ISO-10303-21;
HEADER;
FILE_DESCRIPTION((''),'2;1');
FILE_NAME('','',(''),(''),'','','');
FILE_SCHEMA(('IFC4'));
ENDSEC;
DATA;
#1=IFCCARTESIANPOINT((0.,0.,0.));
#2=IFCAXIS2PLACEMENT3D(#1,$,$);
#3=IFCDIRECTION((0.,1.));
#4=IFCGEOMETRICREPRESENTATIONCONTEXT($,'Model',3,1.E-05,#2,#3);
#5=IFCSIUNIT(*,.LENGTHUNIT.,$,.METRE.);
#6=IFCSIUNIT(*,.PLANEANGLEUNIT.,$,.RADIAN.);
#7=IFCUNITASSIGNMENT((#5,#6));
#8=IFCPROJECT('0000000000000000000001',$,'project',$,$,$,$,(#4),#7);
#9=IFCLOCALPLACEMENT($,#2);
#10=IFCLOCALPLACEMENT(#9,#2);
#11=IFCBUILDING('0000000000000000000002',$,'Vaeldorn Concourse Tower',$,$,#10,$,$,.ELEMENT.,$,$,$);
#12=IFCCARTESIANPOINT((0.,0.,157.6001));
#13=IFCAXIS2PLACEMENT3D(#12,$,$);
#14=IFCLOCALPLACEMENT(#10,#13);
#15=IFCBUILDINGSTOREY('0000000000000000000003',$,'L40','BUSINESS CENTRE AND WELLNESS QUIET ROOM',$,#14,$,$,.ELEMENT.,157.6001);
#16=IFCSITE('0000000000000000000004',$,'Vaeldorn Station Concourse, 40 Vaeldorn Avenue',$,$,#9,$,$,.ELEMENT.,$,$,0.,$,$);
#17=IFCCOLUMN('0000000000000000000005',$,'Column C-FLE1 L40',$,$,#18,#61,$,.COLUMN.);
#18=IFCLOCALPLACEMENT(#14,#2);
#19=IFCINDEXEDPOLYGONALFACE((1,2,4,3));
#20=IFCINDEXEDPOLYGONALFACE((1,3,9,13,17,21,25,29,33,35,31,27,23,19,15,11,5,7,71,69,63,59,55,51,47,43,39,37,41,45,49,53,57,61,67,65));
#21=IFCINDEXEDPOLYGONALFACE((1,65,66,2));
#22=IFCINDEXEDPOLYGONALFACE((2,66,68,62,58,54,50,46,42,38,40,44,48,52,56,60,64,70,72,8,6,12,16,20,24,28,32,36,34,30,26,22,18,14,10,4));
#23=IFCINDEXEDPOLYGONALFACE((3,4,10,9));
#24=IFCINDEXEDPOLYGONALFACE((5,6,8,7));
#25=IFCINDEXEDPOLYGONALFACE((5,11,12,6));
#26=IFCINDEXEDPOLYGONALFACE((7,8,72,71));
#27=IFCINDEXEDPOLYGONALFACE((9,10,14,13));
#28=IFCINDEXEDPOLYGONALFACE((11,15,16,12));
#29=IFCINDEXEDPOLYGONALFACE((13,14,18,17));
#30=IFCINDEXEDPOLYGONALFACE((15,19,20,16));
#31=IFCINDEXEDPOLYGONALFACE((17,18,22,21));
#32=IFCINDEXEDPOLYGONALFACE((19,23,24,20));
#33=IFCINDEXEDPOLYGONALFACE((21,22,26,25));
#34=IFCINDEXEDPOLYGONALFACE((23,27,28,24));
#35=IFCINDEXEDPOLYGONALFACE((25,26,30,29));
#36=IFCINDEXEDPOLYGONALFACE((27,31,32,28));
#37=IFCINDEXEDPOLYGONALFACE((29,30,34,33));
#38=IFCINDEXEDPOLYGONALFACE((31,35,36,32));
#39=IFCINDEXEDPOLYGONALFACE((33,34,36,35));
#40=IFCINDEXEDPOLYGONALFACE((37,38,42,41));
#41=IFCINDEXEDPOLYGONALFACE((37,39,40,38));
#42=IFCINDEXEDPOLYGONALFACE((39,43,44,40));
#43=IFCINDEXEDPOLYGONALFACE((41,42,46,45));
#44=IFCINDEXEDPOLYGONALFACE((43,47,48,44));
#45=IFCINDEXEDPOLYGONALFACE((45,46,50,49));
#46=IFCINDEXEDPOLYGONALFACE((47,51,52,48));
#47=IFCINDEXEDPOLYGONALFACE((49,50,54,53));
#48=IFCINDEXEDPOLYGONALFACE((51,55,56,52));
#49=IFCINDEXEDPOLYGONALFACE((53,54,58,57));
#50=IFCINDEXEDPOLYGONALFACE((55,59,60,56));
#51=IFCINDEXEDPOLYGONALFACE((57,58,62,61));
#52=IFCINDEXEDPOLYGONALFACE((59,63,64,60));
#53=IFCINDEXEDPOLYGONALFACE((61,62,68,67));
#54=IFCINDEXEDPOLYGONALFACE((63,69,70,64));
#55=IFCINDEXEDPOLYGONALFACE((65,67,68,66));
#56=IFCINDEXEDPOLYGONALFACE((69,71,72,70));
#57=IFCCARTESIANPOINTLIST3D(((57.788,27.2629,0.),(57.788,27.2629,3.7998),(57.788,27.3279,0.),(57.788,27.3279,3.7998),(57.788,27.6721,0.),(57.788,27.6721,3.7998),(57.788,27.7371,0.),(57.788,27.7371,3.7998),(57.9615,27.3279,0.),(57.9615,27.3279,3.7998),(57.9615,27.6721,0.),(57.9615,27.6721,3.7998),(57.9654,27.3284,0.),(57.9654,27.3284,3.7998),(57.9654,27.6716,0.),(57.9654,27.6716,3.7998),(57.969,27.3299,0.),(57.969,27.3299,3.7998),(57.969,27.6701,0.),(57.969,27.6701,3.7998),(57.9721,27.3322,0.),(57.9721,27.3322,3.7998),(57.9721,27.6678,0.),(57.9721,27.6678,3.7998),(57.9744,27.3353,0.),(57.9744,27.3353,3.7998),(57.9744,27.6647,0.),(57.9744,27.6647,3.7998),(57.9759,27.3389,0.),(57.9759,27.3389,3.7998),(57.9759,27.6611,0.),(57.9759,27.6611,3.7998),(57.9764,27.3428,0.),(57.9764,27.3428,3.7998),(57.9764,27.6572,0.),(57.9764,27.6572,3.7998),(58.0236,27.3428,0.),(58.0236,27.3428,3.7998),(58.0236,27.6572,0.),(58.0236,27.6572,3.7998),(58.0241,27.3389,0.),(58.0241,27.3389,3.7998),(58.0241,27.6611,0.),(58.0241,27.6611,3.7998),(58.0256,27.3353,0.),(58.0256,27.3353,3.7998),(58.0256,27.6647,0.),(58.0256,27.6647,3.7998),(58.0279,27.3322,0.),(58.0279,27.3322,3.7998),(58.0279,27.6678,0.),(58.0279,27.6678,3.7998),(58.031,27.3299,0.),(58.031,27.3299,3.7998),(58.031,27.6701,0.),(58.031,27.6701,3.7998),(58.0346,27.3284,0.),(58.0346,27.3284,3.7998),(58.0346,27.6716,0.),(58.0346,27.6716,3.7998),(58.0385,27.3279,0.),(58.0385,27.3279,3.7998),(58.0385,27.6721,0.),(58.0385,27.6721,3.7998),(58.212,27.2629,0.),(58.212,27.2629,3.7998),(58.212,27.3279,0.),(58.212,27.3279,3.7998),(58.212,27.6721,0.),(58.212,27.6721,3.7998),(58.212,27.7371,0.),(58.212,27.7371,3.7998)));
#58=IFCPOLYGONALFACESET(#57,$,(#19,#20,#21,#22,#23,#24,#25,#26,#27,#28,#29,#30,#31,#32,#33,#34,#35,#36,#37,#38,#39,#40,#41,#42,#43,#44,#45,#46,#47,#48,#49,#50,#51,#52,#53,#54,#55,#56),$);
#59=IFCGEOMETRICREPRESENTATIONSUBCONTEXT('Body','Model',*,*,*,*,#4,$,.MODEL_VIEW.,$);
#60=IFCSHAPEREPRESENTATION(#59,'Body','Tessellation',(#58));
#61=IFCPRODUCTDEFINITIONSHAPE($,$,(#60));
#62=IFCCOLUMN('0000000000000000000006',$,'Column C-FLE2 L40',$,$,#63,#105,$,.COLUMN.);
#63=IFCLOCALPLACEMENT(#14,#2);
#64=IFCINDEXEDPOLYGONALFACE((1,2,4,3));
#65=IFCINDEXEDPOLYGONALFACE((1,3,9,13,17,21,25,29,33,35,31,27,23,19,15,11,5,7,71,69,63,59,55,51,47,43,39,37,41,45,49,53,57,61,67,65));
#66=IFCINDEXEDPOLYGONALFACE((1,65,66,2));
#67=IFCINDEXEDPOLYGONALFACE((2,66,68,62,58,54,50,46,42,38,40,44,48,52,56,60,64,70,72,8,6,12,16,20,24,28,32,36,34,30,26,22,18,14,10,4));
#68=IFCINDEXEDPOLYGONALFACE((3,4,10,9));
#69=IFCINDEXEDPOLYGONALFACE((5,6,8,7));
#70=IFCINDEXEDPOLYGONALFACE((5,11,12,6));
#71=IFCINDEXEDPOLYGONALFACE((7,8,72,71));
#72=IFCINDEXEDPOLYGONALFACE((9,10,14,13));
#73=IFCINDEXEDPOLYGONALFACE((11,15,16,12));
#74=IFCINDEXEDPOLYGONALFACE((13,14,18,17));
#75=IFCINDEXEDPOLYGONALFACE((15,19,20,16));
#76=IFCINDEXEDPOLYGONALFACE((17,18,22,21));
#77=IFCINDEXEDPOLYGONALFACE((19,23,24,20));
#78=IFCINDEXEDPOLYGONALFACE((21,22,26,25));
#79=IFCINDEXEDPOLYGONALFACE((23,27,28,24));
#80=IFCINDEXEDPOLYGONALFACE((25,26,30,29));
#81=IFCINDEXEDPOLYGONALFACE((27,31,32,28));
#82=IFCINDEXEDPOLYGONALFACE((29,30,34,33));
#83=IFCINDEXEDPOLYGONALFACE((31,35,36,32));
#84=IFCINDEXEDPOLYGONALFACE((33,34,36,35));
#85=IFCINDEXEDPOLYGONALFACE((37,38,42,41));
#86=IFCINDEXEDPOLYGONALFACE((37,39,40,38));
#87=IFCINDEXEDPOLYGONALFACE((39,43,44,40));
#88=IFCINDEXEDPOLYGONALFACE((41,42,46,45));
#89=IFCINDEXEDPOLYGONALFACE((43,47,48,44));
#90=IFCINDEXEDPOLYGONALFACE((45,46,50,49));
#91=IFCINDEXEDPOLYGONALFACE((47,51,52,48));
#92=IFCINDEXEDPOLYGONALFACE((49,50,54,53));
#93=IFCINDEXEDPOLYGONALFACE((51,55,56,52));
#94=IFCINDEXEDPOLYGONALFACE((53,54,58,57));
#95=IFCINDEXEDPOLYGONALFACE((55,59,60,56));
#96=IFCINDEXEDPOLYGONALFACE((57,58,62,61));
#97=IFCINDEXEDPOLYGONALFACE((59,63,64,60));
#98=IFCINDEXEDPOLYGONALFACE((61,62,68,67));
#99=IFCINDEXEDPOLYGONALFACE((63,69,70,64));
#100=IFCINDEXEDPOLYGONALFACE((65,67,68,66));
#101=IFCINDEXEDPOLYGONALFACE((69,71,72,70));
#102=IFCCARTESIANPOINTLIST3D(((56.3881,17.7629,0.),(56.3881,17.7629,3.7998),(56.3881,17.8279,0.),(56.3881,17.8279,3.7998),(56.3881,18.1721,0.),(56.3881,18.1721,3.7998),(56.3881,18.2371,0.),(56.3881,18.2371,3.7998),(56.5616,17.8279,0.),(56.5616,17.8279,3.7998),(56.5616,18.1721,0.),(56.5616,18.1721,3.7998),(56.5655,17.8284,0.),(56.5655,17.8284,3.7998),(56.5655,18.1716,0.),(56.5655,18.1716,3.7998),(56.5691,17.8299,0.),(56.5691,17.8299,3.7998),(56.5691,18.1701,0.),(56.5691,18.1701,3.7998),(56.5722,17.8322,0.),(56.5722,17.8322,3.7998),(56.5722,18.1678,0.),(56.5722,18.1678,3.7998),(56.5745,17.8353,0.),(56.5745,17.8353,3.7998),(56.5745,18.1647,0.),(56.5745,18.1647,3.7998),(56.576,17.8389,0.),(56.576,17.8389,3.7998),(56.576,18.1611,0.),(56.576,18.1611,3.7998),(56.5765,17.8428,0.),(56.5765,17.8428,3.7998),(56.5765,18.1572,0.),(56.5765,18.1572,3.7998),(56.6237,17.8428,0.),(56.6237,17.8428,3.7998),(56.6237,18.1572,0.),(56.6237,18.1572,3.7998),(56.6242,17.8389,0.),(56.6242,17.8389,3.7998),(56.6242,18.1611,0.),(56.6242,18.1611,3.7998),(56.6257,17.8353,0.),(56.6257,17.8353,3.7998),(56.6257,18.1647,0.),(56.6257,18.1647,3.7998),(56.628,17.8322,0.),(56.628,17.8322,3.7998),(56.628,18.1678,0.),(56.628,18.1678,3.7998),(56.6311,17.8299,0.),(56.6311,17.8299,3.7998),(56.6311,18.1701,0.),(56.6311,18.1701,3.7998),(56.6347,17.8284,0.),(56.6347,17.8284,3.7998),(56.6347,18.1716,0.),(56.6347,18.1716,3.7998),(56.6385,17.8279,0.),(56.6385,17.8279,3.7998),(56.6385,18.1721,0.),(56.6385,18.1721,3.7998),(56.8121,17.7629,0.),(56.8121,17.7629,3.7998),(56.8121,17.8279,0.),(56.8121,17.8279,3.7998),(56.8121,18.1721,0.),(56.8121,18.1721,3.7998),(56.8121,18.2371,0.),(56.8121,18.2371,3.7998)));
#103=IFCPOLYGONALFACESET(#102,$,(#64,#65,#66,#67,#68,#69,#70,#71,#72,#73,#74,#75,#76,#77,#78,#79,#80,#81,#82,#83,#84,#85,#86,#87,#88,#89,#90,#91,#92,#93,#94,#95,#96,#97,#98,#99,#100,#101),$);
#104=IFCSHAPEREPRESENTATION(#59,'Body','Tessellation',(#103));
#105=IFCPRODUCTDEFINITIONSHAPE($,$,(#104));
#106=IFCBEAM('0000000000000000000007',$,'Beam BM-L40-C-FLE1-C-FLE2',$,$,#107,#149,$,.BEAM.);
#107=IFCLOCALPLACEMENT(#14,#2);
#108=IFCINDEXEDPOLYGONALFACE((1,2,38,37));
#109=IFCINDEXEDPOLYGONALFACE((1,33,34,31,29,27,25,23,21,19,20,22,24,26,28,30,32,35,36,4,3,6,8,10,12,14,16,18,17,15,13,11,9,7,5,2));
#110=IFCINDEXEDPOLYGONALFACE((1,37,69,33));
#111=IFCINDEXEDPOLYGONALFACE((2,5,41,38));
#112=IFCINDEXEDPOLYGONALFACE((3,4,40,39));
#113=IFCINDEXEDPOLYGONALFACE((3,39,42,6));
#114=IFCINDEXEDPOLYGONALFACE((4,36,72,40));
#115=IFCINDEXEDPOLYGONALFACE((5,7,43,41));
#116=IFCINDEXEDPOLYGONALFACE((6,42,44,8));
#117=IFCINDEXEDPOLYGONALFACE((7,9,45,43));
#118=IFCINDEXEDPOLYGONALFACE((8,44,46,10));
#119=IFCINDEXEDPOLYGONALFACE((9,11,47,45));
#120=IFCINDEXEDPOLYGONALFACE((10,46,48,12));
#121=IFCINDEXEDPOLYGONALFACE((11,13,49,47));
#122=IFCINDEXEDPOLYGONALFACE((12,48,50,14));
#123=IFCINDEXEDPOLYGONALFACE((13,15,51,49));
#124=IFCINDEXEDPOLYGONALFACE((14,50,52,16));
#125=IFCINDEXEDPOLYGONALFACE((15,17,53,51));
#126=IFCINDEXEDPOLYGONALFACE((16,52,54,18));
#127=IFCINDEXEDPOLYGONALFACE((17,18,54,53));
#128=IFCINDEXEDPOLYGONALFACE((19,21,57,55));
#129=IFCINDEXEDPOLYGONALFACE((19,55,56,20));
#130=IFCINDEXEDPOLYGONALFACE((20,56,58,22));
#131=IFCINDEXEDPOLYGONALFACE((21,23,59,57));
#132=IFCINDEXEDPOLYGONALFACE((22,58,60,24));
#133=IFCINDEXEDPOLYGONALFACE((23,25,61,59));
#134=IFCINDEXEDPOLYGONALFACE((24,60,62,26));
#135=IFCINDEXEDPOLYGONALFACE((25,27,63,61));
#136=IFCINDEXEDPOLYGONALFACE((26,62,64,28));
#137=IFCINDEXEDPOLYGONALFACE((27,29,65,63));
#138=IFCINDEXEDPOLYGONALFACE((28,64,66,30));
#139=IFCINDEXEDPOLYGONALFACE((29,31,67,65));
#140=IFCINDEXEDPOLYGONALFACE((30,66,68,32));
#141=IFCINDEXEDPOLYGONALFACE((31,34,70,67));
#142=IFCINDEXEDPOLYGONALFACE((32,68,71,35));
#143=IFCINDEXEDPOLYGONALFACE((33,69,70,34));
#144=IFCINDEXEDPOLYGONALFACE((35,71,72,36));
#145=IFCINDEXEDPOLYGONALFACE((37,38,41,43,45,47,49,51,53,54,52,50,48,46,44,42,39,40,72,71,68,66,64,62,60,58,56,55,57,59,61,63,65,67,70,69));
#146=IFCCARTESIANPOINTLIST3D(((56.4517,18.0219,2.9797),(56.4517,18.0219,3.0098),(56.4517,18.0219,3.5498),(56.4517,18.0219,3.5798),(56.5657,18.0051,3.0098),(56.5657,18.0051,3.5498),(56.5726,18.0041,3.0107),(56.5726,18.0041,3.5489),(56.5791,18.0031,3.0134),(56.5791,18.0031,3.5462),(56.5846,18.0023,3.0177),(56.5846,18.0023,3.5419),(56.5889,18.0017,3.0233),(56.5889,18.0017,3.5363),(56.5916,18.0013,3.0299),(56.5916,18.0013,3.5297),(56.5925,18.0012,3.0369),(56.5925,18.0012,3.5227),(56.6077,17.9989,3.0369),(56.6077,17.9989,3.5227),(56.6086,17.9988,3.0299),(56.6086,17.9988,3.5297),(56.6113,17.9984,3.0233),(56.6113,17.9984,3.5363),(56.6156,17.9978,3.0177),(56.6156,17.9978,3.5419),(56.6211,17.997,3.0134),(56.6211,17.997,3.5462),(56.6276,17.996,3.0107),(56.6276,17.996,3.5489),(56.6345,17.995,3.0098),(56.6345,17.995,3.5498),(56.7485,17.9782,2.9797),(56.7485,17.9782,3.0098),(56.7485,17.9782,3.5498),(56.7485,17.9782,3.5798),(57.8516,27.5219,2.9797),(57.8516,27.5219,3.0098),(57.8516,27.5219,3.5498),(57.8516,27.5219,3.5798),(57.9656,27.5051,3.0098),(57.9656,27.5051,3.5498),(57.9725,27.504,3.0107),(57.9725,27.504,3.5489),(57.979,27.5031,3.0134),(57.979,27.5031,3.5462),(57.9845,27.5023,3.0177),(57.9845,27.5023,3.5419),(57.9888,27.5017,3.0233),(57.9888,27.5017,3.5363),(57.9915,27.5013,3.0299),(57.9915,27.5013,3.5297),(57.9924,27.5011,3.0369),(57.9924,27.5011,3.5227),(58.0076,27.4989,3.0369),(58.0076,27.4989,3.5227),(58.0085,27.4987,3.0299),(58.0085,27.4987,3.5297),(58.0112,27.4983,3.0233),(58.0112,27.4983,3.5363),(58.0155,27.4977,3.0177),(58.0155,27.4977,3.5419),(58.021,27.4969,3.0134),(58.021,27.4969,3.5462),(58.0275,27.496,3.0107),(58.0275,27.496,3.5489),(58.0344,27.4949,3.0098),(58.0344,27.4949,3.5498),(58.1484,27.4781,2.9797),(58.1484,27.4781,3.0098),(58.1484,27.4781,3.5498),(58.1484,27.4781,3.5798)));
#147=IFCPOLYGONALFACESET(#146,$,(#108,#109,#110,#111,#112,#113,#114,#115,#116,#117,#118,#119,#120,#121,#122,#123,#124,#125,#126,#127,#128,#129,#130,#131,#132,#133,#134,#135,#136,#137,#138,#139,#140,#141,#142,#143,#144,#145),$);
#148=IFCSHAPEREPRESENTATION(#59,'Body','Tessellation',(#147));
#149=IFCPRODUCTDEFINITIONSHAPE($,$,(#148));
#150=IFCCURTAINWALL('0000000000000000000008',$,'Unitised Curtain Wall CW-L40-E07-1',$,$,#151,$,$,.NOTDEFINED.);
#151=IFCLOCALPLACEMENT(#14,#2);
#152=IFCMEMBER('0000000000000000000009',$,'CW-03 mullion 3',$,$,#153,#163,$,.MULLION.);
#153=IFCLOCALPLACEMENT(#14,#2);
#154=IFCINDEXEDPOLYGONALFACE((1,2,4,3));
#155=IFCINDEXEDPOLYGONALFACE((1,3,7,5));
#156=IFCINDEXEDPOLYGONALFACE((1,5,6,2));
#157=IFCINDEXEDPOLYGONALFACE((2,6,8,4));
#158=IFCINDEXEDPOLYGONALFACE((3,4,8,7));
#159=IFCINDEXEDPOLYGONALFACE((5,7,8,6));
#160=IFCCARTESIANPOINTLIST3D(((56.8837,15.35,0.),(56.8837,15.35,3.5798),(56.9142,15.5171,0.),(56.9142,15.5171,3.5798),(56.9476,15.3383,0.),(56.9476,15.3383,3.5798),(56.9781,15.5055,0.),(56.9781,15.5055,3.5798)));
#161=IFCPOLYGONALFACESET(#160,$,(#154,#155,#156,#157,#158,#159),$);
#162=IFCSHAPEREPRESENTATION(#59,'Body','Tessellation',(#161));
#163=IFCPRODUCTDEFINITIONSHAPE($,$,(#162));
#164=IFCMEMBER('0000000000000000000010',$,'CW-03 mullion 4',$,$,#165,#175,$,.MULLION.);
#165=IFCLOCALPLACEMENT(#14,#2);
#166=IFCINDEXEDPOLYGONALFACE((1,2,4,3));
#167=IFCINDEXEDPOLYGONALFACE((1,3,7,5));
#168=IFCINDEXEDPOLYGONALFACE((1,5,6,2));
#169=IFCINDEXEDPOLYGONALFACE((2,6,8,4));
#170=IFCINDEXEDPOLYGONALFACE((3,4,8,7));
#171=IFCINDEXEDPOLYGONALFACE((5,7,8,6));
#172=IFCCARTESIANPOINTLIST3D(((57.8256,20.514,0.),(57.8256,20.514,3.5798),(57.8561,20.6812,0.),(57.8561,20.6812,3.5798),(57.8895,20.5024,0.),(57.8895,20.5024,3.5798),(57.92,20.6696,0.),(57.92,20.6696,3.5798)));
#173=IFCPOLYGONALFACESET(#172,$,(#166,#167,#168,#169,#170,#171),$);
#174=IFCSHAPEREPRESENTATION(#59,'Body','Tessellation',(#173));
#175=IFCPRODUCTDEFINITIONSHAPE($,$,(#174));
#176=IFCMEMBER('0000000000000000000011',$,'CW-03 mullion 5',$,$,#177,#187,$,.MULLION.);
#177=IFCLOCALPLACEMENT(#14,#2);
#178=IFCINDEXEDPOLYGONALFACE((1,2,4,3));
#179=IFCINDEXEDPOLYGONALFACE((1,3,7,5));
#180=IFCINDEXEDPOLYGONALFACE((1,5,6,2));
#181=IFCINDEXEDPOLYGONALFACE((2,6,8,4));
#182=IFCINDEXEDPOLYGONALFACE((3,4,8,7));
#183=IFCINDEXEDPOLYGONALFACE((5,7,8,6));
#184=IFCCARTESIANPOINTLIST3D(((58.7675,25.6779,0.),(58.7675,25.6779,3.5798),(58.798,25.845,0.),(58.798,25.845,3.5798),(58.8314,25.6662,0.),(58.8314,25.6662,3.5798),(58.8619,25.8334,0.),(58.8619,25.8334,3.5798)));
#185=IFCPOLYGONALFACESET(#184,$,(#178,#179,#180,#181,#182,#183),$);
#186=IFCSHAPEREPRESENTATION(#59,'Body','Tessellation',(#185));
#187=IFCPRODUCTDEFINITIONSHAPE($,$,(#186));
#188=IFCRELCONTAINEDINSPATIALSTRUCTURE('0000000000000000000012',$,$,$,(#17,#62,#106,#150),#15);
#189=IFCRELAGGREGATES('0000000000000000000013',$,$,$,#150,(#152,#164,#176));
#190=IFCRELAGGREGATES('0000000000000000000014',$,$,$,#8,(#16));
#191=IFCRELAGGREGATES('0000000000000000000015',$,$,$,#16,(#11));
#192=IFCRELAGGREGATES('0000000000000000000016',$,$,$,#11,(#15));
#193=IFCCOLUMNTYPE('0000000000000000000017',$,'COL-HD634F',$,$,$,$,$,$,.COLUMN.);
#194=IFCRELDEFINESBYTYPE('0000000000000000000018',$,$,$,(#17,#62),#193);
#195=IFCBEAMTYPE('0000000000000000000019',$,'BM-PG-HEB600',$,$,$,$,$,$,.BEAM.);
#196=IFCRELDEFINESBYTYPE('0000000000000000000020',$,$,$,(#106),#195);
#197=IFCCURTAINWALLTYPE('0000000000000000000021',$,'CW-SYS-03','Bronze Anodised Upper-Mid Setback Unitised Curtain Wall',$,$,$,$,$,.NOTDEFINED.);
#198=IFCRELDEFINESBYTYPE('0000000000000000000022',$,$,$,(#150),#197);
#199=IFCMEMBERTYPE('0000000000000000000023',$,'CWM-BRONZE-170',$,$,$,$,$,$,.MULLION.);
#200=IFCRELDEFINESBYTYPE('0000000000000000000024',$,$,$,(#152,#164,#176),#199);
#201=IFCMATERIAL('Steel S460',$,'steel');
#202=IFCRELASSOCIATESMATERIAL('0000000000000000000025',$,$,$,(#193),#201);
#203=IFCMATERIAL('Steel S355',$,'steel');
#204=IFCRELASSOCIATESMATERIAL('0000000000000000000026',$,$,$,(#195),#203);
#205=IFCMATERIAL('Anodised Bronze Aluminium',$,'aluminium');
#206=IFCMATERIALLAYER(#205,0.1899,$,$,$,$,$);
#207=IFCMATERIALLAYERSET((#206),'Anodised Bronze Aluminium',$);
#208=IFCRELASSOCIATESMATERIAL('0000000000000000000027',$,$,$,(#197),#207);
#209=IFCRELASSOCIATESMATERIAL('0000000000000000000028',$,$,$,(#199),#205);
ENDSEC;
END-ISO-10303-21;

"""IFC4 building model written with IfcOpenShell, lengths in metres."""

from ifc_helpers import new_model, si_unit, direction, frame, origin, origin_2d, place, context, subcontext, project, spatial, rectangle, i_section, extrude, source, transform, mapped, material, layer, layer_set, material_profile, profile_set, type_object, element, aggregate, save


model = new_model("IFC4")

# Units and contexts
model_context = context("Model", 3, precision=1e-05, world=origin(), true_north=direction((0.0, 1.0)))
body_context = subcontext(model_context, "Body", "Model", "MODEL_VIEW")
ifc_project = project(units=[si_unit("LENGTHUNIT", "METRE"), si_unit("PLANEANGLEUNIT", "RADIAN")], contexts=[model_context])

# Site, building, storey
site_placement = place(None, origin())
site = spatial("IfcSite", under=ifc_project, at=site_placement, Name="Vaeldorn Station Concourse, 40 Vaeldorn Avenue", CompositionType="ELEMENT", RefElevation=0.0)
building_placement = place(site_placement, origin())
building = spatial("IfcBuilding", under=site, at=building_placement, Name="Vaeldorn Concourse Tower", CompositionType="ELEMENT")
storey_placement = place(building_placement, frame((0.0, 0.0, 157.6001)))
storey = spatial("IfcBuildingStorey", under=building, at=storey_placement, Name="L40", Description="BUSINESS CENTRE AND WELLNESS QUIET ROOM", CompositionType="ELEMENT", Elevation=157.6001)

# Columns
ifc_material_1 = material(Name="Steel S460", Category="steel")
ifc_material_profile_1 = material_profile(ifc_material_1, i_section(OverallWidth=0.4241, OverallDepth=0.4741, WebThickness=0.0471, FlangeThickness=0.0649, FilletRadius=0.0149, at=origin_2d()), Name="HD 400x634")
ifc_profile_set_1 = profile_set([ifc_material_profile_1], Name="Steel S460")
column_type = type_object("IfcColumnType", Name="COL-HD634F", PredefinedType="COLUMN", material=ifc_profile_set_1)
shared_shape_1 = source(origin(), body_context, "Body", "SweptSolid", [
    extrude(i_section(OverallWidth=0.4241, OverallDepth=0.4741, WebThickness=0.0471, FlangeThickness=0.0649, FilletRadius=0.0149, at=origin_2d()), origin(), (0.0, 0.0, 1.0), 3.7998),
])
for number, where, z_axis, x_axis, name in (
    (1, (58.0, 27.5, 0.0), (0.0, 0.0, 1.0), (1.0, 0.0, 0.0), "Column C-FLE1 L40"),
    (2, (56.6001, 18.0, 0.0), (0.0, 0.0, 1.0), (1.0, 0.0, 0.0), "Column C-FLE2 L40"),
):
    element("IfcColumn", number, at=place(storey_placement, frame(where, z_axis=z_axis, x_axis=x_axis)), inside=storey, type_object=column_type, Name=name, PredefinedType="COLUMN", context=body_context, shape_type="MappedRepresentation", body=[
        mapped(shared_shape_1, transform((0.0, 0.0, 0.0), scale=1.0)),
    ])

# Beam
ifc_material_2 = material(Name="Steel S355", Category="steel")
ifc_material_profile_2 = material_profile(ifc_material_2, i_section(OverallWidth=0.3, OverallDepth=0.6001, WebThickness=0.0154, FlangeThickness=0.03, FilletRadius=0.0271, at=origin_2d()), Name="HEB 600")
ifc_profile_set_2 = profile_set([ifc_material_profile_2], Name="Steel S355")
beam_type = type_object("IfcBeamType", Name="BM-PG-HEB600", PredefinedType="BEAM", material=ifc_profile_set_2)
shared_shape_2 = source(origin(), body_context, "Body", "SweptSolid", [
    extrude(i_section(OverallWidth=0.3, OverallDepth=0.6001, WebThickness=0.0154, FlangeThickness=0.03, FilletRadius=0.0271, at=origin_2d()), origin(), (0.0, 0.0, 1.0), 9.6025),
])
beam_placement = place(storey_placement, frame((58.0, 27.5, 3.2798), z_axis=(-0.145784, -0.989316, 0.0), x_axis=(0.989316, -0.145784, 0.0)))
element("IfcBeam", 3, at=beam_placement, inside=storey, type_object=beam_type, Name="Beam BM-L40-C-FLE1-C-FLE2", PredefinedType="BEAM", context=body_context, shape_type="MappedRepresentation", body=[
    mapped(shared_shape_2, transform((0.0, 0.0, 0.0), scale=1.0)),
])

# Curtain wall, members
ifc_material_3 = material(Name="Anodised Bronze Aluminium", Category="aluminium")
ifc_layer_1 = layer(ifc_material_3, 0.1899)
ifc_layer_set_1 = layer_set([ifc_layer_1], Name="Anodised Bronze Aluminium")
curtain_wall_type = type_object("IfcCurtainWallType", Name="CW-SYS-03", Description="Bronze Anodised Upper-Mid Setback Unitised Curtain Wall", PredefinedType="NOTDEFINED", material=ifc_layer_set_1)
curtain_wall_placement = place(storey_placement, origin())
curtain_wall = element("IfcCurtainWall", 4, at=curtain_wall_placement, inside=storey, type_object=curtain_wall_type, Name="Unitised Curtain Wall CW-L40-E07-1", PredefinedType="NOTDEFINED")
ifc_material_profile_3 = material_profile(ifc_material_3, rectangle(XDim=0.0649, YDim=0.1699, at=origin_2d()), Name="CWM 65x170")
ifc_profile_set_3 = profile_set([ifc_material_profile_3], Name="Anodised Bronze Aluminium")
member_type_1 = type_object("IfcMemberType", Name="CWM-BRONZE-170", PredefinedType="MULLION", material=ifc_profile_set_3)
shared_shape_3 = source(origin(), body_context, "Body", "SweptSolid", [
    extrude(rectangle(XDim=0.0649, YDim=0.1699, at=origin_2d()), origin(), (0.0, 0.0, 1.0), 3.5798),
])
member_1_placement = place(storey_placement, frame((56.9309, 15.4277, 0.0), z_axis=(0.0, 0.0, 1.0), x_axis=(-0.983768, 0.179446, 0.0)))
member_1 = element("IfcMember", 5, at=member_1_placement, type_object=member_type_1, Name="CW-03 mullion 3", PredefinedType="MULLION", context=body_context, shape_type="MappedRepresentation", body=[
    mapped(shared_shape_3, transform((0.0, 0.0, 0.0), scale=1.0)),
])
member_2_placement = place(storey_placement, frame((57.8728, 20.5918, 0.0), z_axis=(0.0, 0.0, 1.0), x_axis=(-0.983768, 0.179446, 0.0)))
member_2 = element("IfcMember", 6, at=member_2_placement, type_object=member_type_1, Name="CW-03 mullion 4", PredefinedType="MULLION", context=body_context, shape_type="MappedRepresentation", body=[
    mapped(shared_shape_3, transform((0.0, 0.0, 0.0), scale=1.0)),
])
member_3_placement = place(storey_placement, frame((58.8147, 25.7556, 0.0), z_axis=(0.0, 0.0, 1.0), x_axis=(-0.983768, 0.179446, 0.0)))
member_3 = element("IfcMember", 7, at=member_3_placement, type_object=member_type_1, Name="CW-03 mullion 5", PredefinedType="MULLION", context=body_context, shape_type="MappedRepresentation", body=[
    mapped(shared_shape_3, transform((0.0, 0.0, 0.0), scale=1.0)),
])
aggregate(curtain_wall, [member_1, member_2, member_3])

save(model, "model.ifc")
